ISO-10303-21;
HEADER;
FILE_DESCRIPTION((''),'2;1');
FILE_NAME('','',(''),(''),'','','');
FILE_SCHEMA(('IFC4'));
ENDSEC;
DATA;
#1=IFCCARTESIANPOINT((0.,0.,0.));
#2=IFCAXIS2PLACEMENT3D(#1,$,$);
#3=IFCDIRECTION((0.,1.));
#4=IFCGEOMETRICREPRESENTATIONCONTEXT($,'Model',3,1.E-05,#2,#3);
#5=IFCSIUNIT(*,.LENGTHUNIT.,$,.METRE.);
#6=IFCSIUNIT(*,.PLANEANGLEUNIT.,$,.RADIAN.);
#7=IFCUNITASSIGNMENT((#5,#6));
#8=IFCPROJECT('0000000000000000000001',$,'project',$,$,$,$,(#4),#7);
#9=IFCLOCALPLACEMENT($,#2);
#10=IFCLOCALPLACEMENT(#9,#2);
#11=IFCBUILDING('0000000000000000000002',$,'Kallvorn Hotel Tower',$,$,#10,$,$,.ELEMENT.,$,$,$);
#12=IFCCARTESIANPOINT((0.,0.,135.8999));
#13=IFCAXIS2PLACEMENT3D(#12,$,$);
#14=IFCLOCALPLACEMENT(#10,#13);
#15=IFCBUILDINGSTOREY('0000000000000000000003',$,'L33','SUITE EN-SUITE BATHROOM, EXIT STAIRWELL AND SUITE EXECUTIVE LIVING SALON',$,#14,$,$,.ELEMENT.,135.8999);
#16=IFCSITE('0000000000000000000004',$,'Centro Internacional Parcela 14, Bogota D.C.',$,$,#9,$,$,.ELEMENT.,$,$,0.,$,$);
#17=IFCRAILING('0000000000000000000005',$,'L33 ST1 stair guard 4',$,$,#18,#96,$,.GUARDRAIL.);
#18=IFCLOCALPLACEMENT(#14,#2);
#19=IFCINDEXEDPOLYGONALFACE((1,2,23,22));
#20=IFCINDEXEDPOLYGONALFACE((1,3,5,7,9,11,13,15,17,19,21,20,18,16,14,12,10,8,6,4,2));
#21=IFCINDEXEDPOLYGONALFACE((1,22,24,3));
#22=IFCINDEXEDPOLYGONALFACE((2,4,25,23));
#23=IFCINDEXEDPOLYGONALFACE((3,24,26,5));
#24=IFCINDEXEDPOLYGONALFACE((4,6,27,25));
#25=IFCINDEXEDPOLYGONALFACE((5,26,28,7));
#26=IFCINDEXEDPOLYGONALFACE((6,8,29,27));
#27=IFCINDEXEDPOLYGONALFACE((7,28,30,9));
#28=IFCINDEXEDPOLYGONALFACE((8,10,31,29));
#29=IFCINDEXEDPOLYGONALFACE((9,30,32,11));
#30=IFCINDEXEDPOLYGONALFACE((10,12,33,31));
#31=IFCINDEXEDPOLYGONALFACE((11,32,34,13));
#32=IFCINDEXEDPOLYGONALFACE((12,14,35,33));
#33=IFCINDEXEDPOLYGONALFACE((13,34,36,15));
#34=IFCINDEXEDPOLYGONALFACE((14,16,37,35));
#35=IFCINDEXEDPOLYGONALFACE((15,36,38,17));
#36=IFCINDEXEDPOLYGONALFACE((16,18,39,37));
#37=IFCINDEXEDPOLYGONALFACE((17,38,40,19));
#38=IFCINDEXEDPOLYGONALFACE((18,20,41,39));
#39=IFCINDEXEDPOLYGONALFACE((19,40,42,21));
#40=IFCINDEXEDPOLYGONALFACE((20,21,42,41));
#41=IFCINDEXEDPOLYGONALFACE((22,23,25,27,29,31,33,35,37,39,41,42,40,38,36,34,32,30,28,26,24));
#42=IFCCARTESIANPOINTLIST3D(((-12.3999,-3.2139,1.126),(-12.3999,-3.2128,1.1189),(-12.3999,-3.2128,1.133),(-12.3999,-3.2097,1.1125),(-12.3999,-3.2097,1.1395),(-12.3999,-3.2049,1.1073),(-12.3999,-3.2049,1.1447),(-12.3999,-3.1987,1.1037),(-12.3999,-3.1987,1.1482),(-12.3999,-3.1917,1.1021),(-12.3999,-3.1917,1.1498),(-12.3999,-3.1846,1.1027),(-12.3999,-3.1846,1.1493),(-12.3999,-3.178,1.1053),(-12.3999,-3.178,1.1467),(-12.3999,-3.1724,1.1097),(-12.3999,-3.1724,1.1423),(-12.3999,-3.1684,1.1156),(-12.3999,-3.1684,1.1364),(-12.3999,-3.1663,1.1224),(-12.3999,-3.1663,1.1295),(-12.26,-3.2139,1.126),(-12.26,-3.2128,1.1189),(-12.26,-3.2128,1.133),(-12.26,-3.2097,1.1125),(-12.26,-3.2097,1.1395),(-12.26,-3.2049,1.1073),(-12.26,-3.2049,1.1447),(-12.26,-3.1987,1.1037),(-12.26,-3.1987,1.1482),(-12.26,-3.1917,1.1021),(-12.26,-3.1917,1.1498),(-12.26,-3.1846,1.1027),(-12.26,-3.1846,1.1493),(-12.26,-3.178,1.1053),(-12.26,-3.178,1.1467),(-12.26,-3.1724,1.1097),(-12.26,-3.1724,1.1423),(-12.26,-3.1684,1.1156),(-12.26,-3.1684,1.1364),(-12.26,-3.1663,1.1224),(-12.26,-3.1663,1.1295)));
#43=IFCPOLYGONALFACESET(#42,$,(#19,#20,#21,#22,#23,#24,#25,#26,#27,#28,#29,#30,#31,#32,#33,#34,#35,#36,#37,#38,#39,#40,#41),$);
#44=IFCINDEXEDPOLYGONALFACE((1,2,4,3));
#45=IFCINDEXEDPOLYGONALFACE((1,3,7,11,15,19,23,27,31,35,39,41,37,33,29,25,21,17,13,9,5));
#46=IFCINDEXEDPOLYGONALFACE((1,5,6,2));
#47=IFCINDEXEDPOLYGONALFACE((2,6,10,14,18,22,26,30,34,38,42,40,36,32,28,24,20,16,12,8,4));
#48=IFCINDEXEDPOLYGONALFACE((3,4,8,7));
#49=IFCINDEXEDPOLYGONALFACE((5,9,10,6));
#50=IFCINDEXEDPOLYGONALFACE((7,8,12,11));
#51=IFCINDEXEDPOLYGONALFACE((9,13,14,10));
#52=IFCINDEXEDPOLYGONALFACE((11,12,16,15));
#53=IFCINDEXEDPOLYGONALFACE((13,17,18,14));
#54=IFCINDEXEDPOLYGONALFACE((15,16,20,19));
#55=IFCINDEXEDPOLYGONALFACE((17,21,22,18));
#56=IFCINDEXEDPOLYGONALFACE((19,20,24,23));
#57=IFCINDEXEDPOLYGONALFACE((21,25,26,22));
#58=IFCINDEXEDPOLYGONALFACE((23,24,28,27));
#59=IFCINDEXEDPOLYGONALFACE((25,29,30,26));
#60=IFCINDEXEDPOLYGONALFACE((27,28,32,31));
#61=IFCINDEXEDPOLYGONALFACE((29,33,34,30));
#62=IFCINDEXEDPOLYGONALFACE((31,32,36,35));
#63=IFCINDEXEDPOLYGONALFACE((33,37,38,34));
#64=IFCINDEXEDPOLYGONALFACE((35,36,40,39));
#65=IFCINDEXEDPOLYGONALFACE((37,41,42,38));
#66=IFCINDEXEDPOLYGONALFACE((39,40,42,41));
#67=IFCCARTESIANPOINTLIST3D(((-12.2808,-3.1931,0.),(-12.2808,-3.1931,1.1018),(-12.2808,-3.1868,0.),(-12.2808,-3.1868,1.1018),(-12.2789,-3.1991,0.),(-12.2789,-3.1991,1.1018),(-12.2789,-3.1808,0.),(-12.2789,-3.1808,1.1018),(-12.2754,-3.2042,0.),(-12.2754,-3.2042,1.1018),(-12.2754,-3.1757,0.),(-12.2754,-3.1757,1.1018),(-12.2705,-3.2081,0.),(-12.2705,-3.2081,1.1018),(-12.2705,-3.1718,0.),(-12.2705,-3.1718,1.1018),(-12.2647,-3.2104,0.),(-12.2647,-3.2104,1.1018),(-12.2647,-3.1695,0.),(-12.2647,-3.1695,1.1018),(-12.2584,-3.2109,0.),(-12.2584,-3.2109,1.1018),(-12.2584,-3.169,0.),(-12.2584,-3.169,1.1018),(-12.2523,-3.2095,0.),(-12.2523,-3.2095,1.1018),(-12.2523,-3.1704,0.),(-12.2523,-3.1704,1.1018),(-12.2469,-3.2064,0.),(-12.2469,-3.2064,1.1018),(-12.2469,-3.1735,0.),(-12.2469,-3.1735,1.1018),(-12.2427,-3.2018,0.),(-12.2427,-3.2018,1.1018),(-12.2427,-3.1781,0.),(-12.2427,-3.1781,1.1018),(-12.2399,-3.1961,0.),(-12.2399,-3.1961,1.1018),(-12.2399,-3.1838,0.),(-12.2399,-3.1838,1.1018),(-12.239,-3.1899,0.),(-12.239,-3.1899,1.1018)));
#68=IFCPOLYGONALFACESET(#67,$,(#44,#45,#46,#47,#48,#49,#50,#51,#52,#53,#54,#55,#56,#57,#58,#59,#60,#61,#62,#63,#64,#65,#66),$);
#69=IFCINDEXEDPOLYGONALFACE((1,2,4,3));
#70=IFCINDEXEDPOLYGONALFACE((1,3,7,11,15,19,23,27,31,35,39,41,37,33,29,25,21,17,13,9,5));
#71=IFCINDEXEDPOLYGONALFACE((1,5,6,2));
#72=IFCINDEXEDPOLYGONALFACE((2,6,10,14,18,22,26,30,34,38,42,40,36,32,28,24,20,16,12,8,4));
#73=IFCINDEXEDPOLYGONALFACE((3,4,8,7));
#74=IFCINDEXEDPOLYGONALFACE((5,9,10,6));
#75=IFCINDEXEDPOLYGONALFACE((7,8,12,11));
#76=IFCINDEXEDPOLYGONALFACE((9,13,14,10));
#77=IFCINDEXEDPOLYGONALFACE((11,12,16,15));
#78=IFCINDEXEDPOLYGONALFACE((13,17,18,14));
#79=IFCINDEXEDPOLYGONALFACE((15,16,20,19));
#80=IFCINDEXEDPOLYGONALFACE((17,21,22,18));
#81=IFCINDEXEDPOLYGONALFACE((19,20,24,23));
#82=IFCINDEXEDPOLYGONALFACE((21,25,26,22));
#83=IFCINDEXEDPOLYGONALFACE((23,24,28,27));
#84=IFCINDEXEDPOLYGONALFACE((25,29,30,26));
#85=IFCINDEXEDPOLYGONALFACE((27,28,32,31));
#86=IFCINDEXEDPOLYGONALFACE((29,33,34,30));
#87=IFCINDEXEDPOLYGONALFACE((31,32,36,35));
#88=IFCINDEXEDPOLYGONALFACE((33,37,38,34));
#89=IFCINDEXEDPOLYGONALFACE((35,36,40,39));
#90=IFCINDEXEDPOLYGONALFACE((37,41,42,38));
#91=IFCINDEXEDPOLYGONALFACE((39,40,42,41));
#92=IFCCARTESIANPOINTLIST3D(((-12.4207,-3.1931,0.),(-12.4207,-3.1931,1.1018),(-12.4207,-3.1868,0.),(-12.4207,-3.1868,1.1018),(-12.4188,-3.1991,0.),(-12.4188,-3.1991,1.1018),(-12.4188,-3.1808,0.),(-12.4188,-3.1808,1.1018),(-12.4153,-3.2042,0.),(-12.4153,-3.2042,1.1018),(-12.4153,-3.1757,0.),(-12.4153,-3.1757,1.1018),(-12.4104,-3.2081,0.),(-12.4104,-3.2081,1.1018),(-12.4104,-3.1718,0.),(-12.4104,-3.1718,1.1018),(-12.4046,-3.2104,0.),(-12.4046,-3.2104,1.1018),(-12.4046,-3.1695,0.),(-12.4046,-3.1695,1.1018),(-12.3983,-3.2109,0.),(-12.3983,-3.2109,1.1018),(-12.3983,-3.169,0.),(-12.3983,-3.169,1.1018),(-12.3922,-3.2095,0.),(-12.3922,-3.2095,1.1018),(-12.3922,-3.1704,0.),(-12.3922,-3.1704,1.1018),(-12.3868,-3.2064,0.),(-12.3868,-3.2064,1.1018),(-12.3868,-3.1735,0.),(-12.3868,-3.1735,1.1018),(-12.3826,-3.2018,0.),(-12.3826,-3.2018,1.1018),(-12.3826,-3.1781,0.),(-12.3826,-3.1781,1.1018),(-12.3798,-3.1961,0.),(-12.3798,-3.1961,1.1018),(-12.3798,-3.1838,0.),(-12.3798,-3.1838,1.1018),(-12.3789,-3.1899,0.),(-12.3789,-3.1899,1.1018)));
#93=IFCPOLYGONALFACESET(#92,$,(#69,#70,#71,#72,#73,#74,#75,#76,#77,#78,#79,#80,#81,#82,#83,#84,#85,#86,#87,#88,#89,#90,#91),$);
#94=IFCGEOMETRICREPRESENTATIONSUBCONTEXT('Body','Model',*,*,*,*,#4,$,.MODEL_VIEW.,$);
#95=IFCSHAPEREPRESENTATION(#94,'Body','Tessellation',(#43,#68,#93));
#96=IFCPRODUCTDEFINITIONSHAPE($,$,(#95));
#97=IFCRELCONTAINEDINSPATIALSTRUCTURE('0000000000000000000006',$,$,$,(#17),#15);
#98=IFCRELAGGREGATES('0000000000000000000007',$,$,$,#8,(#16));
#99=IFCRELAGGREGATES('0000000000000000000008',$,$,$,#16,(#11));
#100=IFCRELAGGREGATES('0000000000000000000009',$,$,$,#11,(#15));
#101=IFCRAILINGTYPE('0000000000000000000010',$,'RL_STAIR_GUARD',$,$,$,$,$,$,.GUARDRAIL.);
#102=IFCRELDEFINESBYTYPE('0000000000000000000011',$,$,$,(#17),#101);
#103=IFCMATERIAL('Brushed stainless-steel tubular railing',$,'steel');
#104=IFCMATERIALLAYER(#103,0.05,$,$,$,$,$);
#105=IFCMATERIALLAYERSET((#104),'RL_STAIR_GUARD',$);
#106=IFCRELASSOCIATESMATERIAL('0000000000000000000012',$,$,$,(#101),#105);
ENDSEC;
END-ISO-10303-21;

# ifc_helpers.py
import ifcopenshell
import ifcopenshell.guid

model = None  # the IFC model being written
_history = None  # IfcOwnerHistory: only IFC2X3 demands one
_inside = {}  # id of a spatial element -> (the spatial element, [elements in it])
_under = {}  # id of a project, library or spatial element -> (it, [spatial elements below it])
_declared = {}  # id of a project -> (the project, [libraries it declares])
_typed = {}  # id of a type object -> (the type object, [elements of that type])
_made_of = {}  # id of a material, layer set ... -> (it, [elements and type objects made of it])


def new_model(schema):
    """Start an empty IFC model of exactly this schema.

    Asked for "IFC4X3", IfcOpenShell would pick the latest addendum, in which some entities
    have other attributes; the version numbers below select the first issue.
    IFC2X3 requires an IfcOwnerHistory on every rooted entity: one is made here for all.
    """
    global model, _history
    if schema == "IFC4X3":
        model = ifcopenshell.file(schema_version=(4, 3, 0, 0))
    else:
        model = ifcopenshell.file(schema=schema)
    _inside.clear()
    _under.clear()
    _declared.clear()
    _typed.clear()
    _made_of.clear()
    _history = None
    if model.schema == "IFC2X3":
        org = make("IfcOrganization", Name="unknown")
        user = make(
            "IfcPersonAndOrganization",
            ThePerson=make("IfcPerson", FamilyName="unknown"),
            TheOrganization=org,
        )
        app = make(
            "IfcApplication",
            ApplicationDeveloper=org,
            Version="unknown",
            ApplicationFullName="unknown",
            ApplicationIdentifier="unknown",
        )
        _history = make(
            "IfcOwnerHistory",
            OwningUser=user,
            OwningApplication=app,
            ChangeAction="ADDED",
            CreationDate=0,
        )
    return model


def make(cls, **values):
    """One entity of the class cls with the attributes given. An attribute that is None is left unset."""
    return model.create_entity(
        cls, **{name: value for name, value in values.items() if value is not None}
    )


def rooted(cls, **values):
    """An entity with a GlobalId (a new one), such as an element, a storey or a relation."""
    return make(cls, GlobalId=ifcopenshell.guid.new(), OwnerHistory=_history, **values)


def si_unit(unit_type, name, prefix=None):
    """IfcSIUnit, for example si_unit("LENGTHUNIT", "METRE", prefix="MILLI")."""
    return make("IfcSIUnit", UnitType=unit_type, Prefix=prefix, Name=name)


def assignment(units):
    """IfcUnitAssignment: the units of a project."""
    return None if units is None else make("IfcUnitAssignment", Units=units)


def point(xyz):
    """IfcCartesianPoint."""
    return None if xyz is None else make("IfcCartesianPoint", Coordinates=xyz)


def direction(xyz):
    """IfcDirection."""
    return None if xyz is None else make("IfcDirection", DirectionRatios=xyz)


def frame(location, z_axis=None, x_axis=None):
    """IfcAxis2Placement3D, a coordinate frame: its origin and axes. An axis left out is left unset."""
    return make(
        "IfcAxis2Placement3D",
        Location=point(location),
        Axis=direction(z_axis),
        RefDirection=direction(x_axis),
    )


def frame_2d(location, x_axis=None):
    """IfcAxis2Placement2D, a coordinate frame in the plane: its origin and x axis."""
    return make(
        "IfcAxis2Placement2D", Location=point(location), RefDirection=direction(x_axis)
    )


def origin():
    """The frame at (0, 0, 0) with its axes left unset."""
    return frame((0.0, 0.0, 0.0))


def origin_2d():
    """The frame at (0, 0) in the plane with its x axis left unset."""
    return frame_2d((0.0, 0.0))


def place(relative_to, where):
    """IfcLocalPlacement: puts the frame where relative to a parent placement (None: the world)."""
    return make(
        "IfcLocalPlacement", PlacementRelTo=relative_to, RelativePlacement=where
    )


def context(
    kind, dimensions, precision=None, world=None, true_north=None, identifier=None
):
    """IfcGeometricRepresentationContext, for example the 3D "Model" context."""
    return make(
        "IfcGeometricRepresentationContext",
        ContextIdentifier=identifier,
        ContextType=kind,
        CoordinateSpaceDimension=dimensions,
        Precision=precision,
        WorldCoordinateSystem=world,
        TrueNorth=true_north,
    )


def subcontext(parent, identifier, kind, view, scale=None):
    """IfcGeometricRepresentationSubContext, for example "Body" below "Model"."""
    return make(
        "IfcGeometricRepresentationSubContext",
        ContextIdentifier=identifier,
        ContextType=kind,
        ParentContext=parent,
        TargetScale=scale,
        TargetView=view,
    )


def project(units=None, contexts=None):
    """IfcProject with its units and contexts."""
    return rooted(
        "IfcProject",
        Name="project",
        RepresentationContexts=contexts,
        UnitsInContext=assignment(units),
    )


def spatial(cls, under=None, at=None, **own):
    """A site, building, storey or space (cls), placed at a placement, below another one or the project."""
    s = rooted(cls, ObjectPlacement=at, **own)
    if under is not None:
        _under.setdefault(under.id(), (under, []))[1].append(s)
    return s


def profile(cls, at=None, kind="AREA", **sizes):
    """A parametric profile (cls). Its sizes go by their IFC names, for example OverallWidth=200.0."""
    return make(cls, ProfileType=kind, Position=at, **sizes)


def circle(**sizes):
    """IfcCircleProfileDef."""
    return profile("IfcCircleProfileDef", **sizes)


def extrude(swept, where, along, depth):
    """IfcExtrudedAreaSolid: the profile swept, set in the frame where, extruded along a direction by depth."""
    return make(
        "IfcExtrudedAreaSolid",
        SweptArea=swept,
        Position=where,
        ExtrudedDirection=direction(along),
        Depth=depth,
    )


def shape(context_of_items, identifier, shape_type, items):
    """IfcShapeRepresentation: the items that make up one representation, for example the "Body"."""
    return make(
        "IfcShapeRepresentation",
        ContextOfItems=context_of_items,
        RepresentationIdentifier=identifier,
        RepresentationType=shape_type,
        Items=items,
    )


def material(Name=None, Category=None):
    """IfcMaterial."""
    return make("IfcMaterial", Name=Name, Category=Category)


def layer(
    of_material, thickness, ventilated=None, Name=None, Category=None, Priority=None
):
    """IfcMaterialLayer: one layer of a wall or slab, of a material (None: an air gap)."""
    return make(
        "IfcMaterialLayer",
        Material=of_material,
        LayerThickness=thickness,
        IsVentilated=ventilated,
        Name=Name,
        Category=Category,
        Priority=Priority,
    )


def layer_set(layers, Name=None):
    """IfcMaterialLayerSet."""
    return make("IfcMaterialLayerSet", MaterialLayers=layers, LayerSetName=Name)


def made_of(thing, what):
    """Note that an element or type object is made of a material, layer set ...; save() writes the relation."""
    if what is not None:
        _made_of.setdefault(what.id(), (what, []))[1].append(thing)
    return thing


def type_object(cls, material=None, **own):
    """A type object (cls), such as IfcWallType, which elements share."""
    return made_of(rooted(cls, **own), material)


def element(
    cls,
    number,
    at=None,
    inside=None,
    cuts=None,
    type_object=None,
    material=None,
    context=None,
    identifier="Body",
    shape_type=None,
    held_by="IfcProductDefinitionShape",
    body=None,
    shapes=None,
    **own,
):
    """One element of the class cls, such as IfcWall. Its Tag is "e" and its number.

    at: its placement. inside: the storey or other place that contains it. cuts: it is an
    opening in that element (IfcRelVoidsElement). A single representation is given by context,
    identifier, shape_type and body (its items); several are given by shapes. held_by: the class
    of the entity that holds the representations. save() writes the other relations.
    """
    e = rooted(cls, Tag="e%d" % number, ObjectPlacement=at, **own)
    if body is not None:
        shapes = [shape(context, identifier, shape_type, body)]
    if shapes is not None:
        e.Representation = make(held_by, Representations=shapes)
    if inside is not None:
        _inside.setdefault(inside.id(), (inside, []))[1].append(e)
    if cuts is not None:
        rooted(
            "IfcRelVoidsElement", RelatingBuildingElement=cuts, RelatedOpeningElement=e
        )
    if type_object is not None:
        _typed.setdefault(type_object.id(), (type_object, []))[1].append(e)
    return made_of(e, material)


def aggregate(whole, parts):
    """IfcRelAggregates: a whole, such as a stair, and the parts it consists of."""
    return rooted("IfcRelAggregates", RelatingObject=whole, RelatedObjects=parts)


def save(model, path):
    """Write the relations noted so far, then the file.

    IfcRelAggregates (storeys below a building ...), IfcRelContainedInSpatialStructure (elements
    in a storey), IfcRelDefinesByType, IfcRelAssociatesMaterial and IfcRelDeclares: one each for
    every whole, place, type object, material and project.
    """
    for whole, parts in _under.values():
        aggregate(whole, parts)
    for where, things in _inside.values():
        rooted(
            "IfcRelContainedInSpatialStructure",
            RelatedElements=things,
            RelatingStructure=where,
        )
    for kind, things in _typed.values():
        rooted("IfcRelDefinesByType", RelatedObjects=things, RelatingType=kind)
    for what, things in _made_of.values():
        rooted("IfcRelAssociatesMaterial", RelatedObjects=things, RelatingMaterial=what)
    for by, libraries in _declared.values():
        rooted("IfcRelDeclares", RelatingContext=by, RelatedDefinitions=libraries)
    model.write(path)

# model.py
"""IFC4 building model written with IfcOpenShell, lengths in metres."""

from ifc_helpers import new_model, si_unit, direction, frame, origin, origin_2d, place, context, subcontext, project, spatial, circle, extrude, material, layer, layer_set, type_object, element, save


model = new_model("IFC4")

# Units and contexts
model_context = context("Model", 3, precision=1e-05, world=origin(), true_north=direction((0.0, 1.0)))
body_context = subcontext(model_context, "Body", "Model", "MODEL_VIEW")
ifc_project = project(units=[si_unit("LENGTHUNIT", "METRE"), si_unit("PLANEANGLEUNIT", "RADIAN")], contexts=[model_context])

# Site, building, storey
site_placement = place(None, origin())
site = spatial("IfcSite", under=ifc_project, at=site_placement, Name="Centro Internacional Parcela 14, Bogota D.C.", CompositionType="ELEMENT", RefElevation=0.0)
building_placement = place(site_placement, origin())
building = spatial("IfcBuilding", under=site, at=building_placement, Name="Kallvorn Hotel Tower", CompositionType="ELEMENT")
storey_placement = place(building_placement, frame((0.0, 0.0, 135.8999)))
storey = spatial("IfcBuildingStorey", under=building, at=storey_placement, Name="L33", Description="SUITE EN-SUITE BATHROOM, EXIT STAIRWELL AND SUITE EXECUTIVE LIVING SALON", CompositionType="ELEMENT", Elevation=135.8999)

# Railing
ifc_material_1 = material(Name="Brushed stainless-steel tubular railing", Category="steel")
ifc_layer_1 = layer(ifc_material_1, 0.05)
ifc_layer_set_1 = layer_set([ifc_layer_1], Name="RL_STAIR_GUARD")
railing_type_1 = type_object("IfcRailingType", Name="RL_STAIR_GUARD", PredefinedType="GUARDRAIL", material=ifc_layer_set_1)
railing_1_placement = place(storey_placement, frame((-12.26, -3.1899, 0.0)))
element("IfcRailing", 1, at=railing_1_placement, inside=storey, type_object=railing_type_1, Name="L33 ST1 stair guard 4", PredefinedType="GUARDRAIL", context=body_context, shape_type="SweptSolid", body=[
    extrude(circle(Radius=0.0239, at=origin_2d()), frame((0.0, 0.0, 1.126), z_axis=(-1.0, 0.0, 0.0), x_axis=(0.0, -1.0, 0.0)), (0.0, 0.0, 1.0), 0.1399),
    extrude(circle(Radius=0.021, at=origin_2d()), origin(), (0.0, 0.0, 1.0), 1.1018),
    extrude(circle(Radius=0.021, at=origin_2d()), frame((-0.1399, 0.0, 0.0)), (0.0, 0.0, 1.0), 1.1018),
])

save(model, "model.ifc")
